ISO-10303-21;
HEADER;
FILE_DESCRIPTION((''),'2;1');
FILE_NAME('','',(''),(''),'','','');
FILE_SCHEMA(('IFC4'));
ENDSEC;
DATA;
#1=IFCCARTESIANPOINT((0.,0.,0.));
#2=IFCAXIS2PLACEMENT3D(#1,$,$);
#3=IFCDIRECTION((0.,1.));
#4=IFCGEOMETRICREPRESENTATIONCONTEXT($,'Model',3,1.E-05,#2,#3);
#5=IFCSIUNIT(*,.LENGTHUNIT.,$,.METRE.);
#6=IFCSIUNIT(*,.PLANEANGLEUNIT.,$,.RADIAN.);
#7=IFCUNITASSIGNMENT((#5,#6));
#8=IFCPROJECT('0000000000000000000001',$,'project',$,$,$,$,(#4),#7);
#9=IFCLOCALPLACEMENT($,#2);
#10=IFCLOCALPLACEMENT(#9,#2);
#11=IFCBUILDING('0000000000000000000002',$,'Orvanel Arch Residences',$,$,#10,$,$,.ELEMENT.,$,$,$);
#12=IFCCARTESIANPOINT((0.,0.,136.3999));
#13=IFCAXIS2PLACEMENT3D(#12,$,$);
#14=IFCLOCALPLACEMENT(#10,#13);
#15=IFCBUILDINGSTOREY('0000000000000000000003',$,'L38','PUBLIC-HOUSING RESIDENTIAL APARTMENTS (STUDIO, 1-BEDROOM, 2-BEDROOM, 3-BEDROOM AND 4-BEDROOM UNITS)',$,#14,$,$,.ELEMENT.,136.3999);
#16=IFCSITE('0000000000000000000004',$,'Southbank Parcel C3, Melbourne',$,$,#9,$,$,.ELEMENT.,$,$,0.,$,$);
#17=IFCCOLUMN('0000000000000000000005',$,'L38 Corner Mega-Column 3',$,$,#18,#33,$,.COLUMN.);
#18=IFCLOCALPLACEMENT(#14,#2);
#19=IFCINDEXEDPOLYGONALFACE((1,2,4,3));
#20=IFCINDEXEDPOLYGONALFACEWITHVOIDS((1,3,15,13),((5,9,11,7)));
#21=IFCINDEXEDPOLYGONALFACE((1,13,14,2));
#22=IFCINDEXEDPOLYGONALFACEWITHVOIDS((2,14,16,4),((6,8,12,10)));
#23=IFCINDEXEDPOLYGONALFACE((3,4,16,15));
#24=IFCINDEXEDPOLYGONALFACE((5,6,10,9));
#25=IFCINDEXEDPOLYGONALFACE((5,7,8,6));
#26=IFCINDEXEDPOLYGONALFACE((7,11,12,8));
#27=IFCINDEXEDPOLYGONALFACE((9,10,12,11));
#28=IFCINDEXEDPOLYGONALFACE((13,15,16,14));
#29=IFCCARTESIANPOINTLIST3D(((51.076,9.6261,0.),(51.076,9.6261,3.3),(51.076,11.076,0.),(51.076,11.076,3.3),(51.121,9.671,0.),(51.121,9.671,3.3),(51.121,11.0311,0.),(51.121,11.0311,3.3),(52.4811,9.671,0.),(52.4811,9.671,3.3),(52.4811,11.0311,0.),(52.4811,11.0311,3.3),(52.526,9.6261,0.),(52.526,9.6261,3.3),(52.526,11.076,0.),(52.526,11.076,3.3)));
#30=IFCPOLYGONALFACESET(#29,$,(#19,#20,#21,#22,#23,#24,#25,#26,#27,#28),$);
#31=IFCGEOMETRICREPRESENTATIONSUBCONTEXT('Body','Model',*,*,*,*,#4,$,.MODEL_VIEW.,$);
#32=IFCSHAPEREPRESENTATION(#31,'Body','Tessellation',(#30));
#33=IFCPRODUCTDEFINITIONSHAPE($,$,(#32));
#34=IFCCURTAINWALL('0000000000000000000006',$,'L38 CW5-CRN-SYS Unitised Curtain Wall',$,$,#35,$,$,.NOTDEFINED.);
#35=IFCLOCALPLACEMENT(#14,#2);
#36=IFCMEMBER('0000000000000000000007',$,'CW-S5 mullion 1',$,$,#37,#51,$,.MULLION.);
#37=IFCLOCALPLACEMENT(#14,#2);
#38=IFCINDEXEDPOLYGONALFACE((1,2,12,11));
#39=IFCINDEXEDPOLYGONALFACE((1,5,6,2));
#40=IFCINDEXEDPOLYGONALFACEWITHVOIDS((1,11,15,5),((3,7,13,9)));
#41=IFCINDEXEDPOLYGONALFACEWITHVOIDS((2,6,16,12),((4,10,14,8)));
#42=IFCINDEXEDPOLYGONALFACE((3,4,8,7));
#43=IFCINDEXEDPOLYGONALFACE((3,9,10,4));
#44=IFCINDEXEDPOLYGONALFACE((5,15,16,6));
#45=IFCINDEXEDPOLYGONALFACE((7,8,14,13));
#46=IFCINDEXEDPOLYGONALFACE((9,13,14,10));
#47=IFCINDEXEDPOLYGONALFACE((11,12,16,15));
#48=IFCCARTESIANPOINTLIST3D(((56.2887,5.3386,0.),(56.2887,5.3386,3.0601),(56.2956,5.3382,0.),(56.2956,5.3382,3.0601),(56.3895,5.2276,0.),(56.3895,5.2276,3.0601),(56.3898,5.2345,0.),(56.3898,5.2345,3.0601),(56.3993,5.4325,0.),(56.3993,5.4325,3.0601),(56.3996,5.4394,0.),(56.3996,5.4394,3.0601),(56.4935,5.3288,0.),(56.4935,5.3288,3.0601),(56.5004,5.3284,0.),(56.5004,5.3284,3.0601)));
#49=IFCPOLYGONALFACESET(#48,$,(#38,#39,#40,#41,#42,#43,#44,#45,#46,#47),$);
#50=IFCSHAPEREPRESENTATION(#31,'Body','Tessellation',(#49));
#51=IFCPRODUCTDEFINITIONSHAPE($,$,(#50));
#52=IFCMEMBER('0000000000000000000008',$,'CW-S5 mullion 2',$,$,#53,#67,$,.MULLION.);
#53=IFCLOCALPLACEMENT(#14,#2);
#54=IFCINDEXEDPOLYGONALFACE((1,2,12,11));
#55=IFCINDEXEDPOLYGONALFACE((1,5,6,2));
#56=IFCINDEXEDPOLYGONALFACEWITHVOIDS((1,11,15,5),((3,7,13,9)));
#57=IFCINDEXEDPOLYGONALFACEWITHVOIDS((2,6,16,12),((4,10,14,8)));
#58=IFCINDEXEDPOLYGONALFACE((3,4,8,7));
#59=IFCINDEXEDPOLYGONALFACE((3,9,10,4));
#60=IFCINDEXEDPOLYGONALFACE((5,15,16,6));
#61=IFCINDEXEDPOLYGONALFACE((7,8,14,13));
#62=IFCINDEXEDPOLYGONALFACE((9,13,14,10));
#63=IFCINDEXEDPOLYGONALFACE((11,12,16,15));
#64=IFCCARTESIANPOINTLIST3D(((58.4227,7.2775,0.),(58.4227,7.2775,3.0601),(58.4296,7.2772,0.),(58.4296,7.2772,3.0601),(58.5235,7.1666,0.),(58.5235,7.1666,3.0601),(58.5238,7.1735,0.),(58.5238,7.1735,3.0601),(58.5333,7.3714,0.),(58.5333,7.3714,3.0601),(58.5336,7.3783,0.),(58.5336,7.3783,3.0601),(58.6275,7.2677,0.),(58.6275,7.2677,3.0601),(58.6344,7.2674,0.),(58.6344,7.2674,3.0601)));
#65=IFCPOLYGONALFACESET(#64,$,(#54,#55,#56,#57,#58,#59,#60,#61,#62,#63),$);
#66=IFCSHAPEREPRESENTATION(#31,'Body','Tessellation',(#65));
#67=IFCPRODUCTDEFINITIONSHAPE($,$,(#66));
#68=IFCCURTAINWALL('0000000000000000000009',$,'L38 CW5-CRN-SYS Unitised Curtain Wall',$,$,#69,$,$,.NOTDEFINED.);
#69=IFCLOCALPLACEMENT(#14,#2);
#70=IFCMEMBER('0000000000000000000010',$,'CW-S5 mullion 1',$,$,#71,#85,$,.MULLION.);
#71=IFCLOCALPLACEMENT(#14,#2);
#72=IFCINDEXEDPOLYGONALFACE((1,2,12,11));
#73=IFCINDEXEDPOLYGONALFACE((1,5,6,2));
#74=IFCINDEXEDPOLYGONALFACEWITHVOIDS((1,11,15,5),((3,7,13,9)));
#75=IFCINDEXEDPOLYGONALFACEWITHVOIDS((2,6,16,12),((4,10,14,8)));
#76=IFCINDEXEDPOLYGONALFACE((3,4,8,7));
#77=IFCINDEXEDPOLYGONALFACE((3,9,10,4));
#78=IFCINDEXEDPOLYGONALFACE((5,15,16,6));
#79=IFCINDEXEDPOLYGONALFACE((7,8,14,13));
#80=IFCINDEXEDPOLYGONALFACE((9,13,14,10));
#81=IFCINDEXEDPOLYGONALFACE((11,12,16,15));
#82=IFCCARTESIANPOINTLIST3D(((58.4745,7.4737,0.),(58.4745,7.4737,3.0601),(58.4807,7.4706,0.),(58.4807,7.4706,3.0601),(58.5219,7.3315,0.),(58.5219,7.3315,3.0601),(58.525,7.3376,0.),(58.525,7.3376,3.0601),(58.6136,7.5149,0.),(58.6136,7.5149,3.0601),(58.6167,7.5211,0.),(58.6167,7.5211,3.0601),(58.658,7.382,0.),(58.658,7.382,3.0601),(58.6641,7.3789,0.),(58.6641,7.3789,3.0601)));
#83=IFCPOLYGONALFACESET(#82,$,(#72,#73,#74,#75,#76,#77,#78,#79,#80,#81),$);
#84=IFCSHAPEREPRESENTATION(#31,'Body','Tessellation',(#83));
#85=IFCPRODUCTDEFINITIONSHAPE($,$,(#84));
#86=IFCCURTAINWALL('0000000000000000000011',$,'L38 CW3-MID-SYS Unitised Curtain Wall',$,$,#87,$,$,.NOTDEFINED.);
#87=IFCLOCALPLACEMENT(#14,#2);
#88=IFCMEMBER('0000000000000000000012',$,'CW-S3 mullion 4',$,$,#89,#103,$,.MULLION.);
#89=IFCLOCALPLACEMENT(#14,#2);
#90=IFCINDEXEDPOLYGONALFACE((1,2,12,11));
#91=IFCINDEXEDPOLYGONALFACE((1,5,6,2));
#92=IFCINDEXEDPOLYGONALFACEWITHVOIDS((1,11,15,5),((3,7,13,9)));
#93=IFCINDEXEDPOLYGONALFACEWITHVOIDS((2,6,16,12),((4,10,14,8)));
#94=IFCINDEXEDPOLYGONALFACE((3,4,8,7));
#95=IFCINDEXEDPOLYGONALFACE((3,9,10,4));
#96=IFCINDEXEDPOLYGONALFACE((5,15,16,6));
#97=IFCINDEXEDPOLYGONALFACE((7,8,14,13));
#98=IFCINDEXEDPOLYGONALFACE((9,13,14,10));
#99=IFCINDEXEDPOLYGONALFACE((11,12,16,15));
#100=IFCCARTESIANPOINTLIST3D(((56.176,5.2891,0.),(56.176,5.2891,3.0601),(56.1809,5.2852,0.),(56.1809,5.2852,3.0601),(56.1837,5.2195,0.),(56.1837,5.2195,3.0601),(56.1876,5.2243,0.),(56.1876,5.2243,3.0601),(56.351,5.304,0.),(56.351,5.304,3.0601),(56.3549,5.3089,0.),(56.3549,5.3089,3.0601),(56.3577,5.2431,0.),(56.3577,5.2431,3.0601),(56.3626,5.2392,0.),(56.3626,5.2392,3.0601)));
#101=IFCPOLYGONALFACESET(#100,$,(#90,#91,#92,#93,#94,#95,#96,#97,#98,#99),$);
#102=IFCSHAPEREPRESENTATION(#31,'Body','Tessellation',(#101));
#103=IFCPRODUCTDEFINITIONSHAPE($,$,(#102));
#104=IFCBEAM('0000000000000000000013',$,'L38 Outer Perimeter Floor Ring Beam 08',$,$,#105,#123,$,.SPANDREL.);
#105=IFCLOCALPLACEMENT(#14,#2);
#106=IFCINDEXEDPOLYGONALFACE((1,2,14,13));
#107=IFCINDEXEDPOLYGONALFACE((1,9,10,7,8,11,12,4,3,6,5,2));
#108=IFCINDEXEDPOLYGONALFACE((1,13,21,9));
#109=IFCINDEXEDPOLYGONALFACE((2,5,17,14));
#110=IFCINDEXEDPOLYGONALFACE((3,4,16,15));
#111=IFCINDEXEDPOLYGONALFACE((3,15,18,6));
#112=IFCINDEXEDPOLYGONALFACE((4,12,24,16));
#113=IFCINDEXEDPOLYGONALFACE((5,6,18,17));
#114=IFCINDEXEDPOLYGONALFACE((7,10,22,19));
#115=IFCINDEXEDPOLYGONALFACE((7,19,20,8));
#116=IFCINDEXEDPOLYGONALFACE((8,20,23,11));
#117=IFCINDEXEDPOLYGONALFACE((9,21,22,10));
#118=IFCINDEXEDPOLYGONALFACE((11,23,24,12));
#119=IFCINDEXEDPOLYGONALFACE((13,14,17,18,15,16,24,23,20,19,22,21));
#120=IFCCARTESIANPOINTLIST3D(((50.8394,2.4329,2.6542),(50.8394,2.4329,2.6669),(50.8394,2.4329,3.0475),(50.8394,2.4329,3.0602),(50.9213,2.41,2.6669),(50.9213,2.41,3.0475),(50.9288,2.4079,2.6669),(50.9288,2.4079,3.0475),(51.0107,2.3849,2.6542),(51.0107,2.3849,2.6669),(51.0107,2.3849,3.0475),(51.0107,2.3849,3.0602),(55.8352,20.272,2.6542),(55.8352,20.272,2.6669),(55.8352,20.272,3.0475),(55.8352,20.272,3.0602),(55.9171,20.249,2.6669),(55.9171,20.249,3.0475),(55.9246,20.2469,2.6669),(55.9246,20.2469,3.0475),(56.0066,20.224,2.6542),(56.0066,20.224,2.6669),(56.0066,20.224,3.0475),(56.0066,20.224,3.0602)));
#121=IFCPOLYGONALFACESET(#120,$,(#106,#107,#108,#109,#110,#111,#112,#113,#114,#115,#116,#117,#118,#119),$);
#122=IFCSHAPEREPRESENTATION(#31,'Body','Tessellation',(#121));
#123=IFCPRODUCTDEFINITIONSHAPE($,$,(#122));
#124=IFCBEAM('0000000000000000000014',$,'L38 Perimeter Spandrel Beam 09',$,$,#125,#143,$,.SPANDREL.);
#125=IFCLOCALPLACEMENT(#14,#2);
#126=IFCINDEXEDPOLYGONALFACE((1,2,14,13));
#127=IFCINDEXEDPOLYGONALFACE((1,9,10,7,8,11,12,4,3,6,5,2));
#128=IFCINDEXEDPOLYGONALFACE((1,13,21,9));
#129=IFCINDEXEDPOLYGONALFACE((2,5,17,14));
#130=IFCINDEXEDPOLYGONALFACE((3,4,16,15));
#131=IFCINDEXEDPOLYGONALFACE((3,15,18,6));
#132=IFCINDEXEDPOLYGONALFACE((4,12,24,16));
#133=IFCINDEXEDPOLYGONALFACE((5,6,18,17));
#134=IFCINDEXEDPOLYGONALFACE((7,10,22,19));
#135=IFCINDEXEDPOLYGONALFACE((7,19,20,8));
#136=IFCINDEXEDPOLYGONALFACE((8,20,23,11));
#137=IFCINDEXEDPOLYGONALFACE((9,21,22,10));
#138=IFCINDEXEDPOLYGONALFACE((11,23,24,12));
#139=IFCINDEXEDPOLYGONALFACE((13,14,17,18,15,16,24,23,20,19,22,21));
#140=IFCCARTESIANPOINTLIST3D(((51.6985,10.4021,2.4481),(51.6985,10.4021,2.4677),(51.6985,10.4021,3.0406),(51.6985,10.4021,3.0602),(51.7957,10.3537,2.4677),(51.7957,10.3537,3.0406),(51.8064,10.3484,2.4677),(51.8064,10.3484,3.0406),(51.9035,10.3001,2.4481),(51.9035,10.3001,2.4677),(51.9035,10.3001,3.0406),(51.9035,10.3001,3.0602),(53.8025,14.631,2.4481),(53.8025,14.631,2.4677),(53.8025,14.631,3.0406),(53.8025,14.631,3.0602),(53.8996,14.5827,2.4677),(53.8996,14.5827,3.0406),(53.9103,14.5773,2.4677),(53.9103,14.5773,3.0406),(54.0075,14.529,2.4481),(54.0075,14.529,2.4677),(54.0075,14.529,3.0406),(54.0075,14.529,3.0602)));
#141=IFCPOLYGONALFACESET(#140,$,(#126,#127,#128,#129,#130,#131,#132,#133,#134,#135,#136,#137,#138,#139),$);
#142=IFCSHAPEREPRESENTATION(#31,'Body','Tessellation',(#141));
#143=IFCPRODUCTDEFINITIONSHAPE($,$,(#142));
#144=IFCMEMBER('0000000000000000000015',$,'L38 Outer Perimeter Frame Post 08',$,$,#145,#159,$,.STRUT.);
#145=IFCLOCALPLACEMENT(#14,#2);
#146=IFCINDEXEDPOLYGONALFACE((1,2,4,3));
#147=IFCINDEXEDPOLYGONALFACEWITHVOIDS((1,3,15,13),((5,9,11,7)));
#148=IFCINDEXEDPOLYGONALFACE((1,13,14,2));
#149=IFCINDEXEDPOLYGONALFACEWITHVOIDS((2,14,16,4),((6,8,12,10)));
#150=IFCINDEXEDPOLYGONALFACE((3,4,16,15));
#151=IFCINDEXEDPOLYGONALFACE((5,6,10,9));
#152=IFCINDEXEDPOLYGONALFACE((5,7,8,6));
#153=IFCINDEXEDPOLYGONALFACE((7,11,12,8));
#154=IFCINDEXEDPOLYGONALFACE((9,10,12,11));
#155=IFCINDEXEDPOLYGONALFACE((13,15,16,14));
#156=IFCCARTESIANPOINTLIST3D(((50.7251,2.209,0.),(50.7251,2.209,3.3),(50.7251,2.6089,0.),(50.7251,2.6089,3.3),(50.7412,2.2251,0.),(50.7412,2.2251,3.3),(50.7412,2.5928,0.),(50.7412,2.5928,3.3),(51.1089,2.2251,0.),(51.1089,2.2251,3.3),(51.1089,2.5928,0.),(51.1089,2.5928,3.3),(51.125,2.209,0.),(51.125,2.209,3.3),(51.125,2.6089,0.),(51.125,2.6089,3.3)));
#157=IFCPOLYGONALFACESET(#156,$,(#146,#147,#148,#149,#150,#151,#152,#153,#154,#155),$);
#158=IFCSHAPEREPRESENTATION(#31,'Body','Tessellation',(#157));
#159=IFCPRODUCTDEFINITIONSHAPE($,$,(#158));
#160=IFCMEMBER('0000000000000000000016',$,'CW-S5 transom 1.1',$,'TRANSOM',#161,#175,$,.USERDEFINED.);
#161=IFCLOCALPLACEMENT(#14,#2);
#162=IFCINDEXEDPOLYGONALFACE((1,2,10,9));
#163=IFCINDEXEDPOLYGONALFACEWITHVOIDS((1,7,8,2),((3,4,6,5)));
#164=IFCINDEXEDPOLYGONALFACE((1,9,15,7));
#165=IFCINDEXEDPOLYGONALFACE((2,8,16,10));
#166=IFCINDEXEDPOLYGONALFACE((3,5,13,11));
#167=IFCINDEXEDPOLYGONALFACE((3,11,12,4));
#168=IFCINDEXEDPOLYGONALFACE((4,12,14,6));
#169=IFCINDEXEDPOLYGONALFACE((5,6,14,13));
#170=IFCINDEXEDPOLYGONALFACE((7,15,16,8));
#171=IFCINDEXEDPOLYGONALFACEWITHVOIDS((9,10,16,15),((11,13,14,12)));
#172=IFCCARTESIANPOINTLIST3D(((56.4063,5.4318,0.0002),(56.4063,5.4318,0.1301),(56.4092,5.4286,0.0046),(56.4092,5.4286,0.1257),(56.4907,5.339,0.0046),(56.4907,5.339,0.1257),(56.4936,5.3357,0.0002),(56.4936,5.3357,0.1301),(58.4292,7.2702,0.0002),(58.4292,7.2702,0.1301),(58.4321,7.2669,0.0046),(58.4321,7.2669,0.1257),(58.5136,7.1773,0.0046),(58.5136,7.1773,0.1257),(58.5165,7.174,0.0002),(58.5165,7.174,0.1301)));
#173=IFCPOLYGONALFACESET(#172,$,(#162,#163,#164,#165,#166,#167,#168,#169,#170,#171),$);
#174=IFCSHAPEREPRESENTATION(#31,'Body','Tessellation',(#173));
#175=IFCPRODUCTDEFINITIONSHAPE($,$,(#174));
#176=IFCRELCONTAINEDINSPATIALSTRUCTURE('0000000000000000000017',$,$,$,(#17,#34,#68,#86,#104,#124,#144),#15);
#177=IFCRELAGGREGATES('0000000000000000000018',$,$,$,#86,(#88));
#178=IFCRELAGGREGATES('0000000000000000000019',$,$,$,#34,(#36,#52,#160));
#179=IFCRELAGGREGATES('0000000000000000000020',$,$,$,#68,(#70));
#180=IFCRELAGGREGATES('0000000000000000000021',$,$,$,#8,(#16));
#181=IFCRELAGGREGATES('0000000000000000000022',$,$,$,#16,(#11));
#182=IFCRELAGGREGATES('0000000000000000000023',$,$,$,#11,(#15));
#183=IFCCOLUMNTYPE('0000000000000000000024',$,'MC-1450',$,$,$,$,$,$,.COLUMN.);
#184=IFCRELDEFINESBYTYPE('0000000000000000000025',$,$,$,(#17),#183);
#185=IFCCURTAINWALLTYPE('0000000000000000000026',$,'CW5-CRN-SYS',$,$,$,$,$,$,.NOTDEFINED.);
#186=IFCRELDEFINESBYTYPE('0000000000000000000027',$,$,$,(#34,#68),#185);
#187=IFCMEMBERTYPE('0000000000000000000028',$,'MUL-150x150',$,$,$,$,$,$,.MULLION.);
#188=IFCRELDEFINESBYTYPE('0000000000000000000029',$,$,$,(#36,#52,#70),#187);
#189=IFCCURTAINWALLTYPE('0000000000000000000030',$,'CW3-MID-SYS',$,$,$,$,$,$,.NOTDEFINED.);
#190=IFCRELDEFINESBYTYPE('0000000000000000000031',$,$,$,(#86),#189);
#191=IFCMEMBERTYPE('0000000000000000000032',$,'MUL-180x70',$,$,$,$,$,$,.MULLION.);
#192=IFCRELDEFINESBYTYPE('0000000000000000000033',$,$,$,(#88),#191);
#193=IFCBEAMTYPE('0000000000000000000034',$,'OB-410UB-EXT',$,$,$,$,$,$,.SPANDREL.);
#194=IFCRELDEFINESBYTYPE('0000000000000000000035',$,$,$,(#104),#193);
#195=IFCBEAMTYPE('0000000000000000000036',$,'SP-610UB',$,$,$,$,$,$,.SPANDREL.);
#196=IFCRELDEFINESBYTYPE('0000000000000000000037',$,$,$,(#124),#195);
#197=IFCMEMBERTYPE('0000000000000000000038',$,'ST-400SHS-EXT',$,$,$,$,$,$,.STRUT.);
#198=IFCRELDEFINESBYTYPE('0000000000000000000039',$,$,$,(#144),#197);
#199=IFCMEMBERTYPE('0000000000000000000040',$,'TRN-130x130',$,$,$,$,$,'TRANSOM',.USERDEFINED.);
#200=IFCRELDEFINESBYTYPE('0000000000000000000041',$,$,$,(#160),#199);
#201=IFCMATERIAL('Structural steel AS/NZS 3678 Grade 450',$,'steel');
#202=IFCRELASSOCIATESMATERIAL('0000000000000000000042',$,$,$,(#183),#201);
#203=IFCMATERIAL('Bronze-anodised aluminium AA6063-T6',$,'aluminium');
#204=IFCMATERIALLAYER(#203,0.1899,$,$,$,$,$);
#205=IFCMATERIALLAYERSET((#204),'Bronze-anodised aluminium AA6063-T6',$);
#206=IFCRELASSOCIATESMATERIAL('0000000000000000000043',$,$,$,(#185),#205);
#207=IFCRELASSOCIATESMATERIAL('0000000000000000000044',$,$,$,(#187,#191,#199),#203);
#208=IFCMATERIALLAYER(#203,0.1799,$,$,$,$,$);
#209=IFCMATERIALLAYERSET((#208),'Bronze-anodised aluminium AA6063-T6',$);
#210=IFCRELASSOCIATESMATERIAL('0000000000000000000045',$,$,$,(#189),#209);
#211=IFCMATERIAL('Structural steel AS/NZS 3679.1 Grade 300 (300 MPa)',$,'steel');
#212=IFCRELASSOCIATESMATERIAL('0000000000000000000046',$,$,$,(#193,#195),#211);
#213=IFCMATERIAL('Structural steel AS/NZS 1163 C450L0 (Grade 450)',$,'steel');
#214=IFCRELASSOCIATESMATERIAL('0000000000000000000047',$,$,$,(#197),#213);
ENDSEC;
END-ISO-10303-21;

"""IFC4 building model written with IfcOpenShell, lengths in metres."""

from ifc_helpers import new_model, si_unit, direction, frame, origin, origin_2d, place, context, subcontext, project, spatial, hollow_rectangle, i_section, extrude, material, layer, layer_set, material_profile, profile_set, type_object, element, aggregate, save


model = new_model("IFC4")

# Units and contexts
model_context = context("Model", 3, precision=1e-05, world=origin(), true_north=direction((0.0, 1.0)))
body_context = subcontext(model_context, "Body", "Model", "MODEL_VIEW")
ifc_project = project(units=[si_unit("LENGTHUNIT", "METRE"), si_unit("PLANEANGLEUNIT", "RADIAN")], contexts=[model_context])

# Site, building, storey
site_placement = place(None, origin())
site = spatial("IfcSite", under=ifc_project, at=site_placement, Name="Southbank Parcel C3, Melbourne", CompositionType="ELEMENT", RefElevation=0.0)
building_placement = place(site_placement, origin())
building = spatial("IfcBuilding", under=site, at=building_placement, Name="Orvanel Arch Residences", CompositionType="ELEMENT")
storey_placement = place(building_placement, frame((0.0, 0.0, 136.3999)))
storey = spatial("IfcBuildingStorey", under=building, at=storey_placement, Name="L38", Description="PUBLIC-HOUSING RESIDENTIAL APARTMENTS (STUDIO, 1-BEDROOM, 2-BEDROOM, 3-BEDROOM AND 4-BEDROOM UNITS)", CompositionType="ELEMENT", Elevation=136.3999)

# Column
ifc_material_1 = material(Name="Structural steel AS/NZS 3678 Grade 450", Category="steel")
ifc_material_profile_1 = material_profile(ifc_material_1, hollow_rectangle(XDim=1.45, YDim=1.45, WallThickness=0.0449, at=origin_2d()), Name="BOX1450x1450x45")
ifc_profile_set_1 = profile_set([ifc_material_profile_1], Name="Structural steel AS/NZS 3678 Grade 450")
column_type = type_object("IfcColumnType", Name="MC-1450", PredefinedType="COLUMN", material=ifc_profile_set_1)
column_placement = place(storey_placement, frame((51.801, 10.3511, 0.0), z_axis=(0.0, 0.0, 1.0), x_axis=(1.0, 0.0, 0.0)))
element("IfcColumn", 1, at=column_placement, inside=storey, type_object=column_type, Name="L38 Corner Mega-Column 3", PredefinedType="COLUMN", context=body_context, shape_type="SweptSolid", body=[
    extrude(hollow_rectangle(XDim=1.45, YDim=1.45, WallThickness=0.0449, at=origin_2d()), origin(), (0.0, 0.0, 1.0), 3.3),
])

# Curtain wall, members
ifc_material_2 = material(Name="Bronze-anodised aluminium AA6063-T6", Category="aluminium")
ifc_layer_1 = layer(ifc_material_2, 0.1899)
ifc_layer_set_1 = layer_set([ifc_layer_1], Name="Bronze-anodised aluminium AA6063-T6")
curtain_wall_type_1 = type_object("IfcCurtainWallType", Name="CW5-CRN-SYS", PredefinedType="NOTDEFINED", material=ifc_layer_set_1)
curtain_wall_1_placement = place(storey_placement, origin())
curtain_wall_1 = element("IfcCurtainWall", 2, at=curtain_wall_1_placement, inside=storey, type_object=curtain_wall_type_1, Name="L38 CW5-CRN-SYS Unitised Curtain Wall", PredefinedType="NOTDEFINED")
ifc_material_profile_2 = material_profile(ifc_material_2, hollow_rectangle(XDim=0.1499, YDim=0.1499, WallThickness=0.0049, at=origin_2d()), Name="ALU150x150x5")
ifc_profile_set_2 = profile_set([ifc_material_profile_2], Name="Bronze-anodised aluminium AA6063-T6")
member_type_1 = type_object("IfcMemberType", Name="MUL-150x150", PredefinedType="MULLION", material=ifc_profile_set_2)
member_1_placement = place(storey_placement, frame((56.3945, 5.3335, 0.0), z_axis=(0.0, 0.0, 1.0), x_axis=(-0.672509, 0.740089, 0.0)))
member_1 = element("IfcMember", 3, at=member_1_placement, type_object=member_type_1, Name="CW-S5 mullion 1", PredefinedType="MULLION", context=body_context, shape_type="SweptSolid", body=[
    extrude(hollow_rectangle(XDim=0.1499, YDim=0.1499, WallThickness=0.0049, at=origin_2d()), origin(), (0.0, 0.0, 1.0), 3.0601),
])
member_2_placement = place(storey_placement, frame((58.5286, 7.2725, 0.0), z_axis=(0.0, 0.0, 1.0), x_axis=(-0.672509, 0.740089, 0.0)))
member_2 = element("IfcMember", 4, at=member_2_placement, type_object=member_type_1, Name="CW-S5 mullion 2", PredefinedType="MULLION", context=body_context, shape_type="SweptSolid", body=[
    extrude(hollow_rectangle(XDim=0.1499, YDim=0.1499, WallThickness=0.0049, at=origin_2d()), origin(), (0.0, 0.0, 1.0), 3.0601),
])

# Curtain walls, members
curtain_wall_2_placement = place(storey_placement, origin())
curtain_wall_2 = element("IfcCurtainWall", 5, at=curtain_wall_2_placement, inside=storey, type_object=curtain_wall_type_1, Name="L38 CW5-CRN-SYS Unitised Curtain Wall", PredefinedType="NOTDEFINED")
member_3_placement = place(storey_placement, frame((58.5693, 7.4263, 0.0), z_axis=(0.0, 0.0, 1.0), x_axis=(-0.948642, -0.316351, 0.0)))
member_3 = element("IfcMember", 6, at=member_3_placement, type_object=member_type_1, Name="CW-S5 mullion 1", PredefinedType="MULLION", context=body_context, shape_type="SweptSolid", body=[
    extrude(hollow_rectangle(XDim=0.1499, YDim=0.1499, WallThickness=0.0049, at=origin_2d()), origin(), (0.0, 0.0, 1.0), 3.0601),
])
ifc_layer_2 = layer(ifc_material_2, 0.1799)
ifc_layer_set_2 = layer_set([ifc_layer_2], Name="Bronze-anodised aluminium AA6063-T6")
curtain_wall_type_2 = type_object("IfcCurtainWallType", Name="CW3-MID-SYS", PredefinedType="NOTDEFINED", material=ifc_layer_set_2)
curtain_wall_3_placement = place(storey_placement, origin())
curtain_wall_3 = element("IfcCurtainWall", 7, at=curtain_wall_3_placement, inside=storey, type_object=curtain_wall_type_2, Name="L38 CW3-MID-SYS Unitised Curtain Wall", PredefinedType="NOTDEFINED")
ifc_material_profile_3 = material_profile(ifc_material_2, hollow_rectangle(XDim=0.0701, YDim=0.1799, WallThickness=0.0044, at=origin_2d()), Name="ALU180x70x4.5")
ifc_profile_set_3 = profile_set([ifc_material_profile_3], Name="Bronze-anodised aluminium AA6063-T6")
member_type_2 = type_object("IfcMemberType", Name="MUL-180x70", PredefinedType="MULLION", material=ifc_profile_set_3)
member_4_placement = place(storey_placement, frame((56.2693, 5.2642, 0.0), z_axis=(0.0, 0.0, 1.0), x_axis=(-0.109856, 0.993947, 0.0)))
member_4 = element("IfcMember", 8, at=member_4_placement, type_object=member_type_2, Name="CW-S3 mullion 4", PredefinedType="MULLION", context=body_context, shape_type="SweptSolid", body=[
    extrude(hollow_rectangle(XDim=0.0701, YDim=0.1799, WallThickness=0.0044, at=origin_2d()), origin(), (0.0, 0.0, 1.0), 3.0601),
])

# Beams
ifc_material_3 = material(Name="Structural steel AS/NZS 3679.1 Grade 300 (300 MPa)", Category="steel")
ifc_material_profile_4 = material_profile(ifc_material_3, i_section(OverallWidth=0.178, OverallDepth=0.406, WebThickness=0.0078, FlangeThickness=0.0127, at=origin_2d()), Name="410UB59.7")
ifc_profile_set_4 = profile_set([ifc_material_profile_4], Name="Structural steel AS/NZS 3679.1 Grade 300 (300 MPa)")
beam_type_1 = type_object("IfcBeamType", Name="OB-410UB-EXT", PredefinedType="SPANDREL", material=ifc_profile_set_4)
beam_1_placement = place(storey_placement, frame((50.925, 2.4089, 2.8572), z_axis=(0.269675, 0.962951, 0.0), x_axis=(-0.962951, 0.269675, 0.0)))
element("IfcBeam", 9, at=beam_1_placement, inside=storey, type_object=beam_type_1, Name="L38 Outer Perimeter Floor Ring Beam 08", PredefinedType="SPANDREL", context=body_context, shape_type="SweptSolid", body=[
    extrude(i_section(OverallWidth=0.178, OverallDepth=0.406, WebThickness=0.0078, FlangeThickness=0.0127, at=origin_2d()), origin(), (0.0, 0.0, 1.0), 18.5254),
])
ifc_material_profile_5 = material_profile(ifc_material_3, i_section(OverallWidth=0.229, OverallDepth=0.6121, WebThickness=0.012, FlangeThickness=0.0195, at=origin_2d()), Name="610UB125")
ifc_profile_set_5 = profile_set([ifc_material_profile_5], Name="Structural steel AS/NZS 3679.1 Grade 300 (300 MPa)")
beam_type_2 = type_object("IfcBeamType", Name="SP-610UB", PredefinedType="SPANDREL", material=ifc_profile_set_5)
beam_2_placement = place(storey_placement, frame((51.801, 10.3511, 2.7542), z_axis=(0.445435, 0.895314, 0.0), x_axis=(-0.895314, 0.445435, 0.0)))
element("IfcBeam", 10, at=beam_2_placement, inside=storey, type_object=beam_type_2, Name="L38 Perimeter Spandrel Beam 09", PredefinedType="SPANDREL", context=body_context, shape_type="SweptSolid", body=[
    extrude(i_section(OverallWidth=0.229, OverallDepth=0.6121, WebThickness=0.012, FlangeThickness=0.0195, at=origin_2d()), origin(), (0.0, 0.0, 1.0), 4.7234),
])

# Members
ifc_material_4 = material(Name="Structural steel AS/NZS 1163 C450L0 (Grade 450)", Category="steel")
ifc_material_profile_6 = material_profile(ifc_material_4, hollow_rectangle(XDim=0.3999, YDim=0.3999, WallThickness=0.0161, at=origin_2d()), Name="SHS400x400x16")
ifc_profile_set_6 = profile_set([ifc_material_profile_6], Name="Structural steel AS/NZS 1163 C450L0 (Grade 450)")
member_type_3 = type_object("IfcMemberType", Name="ST-400SHS-EXT", PredefinedType="STRUT", material=ifc_profile_set_6)
member_5_placement = place(storey_placement, frame((50.925, 2.4089, 0.0), z_axis=(0.0, 0.0, 1.0), x_axis=(1.0, 0.0, 0.0)))
element("IfcMember", 11, at=member_5_placement, inside=storey, type_object=member_type_3, Name="L38 Outer Perimeter Frame Post 08", PredefinedType="STRUT", context=body_context, shape_type="SweptSolid", body=[
    extrude(hollow_rectangle(XDim=0.3999, YDim=0.3999, WallThickness=0.0161, at=origin_2d()), origin(), (0.0, 0.0, 1.0), 3.3),
])
ifc_material_profile_7 = material_profile(ifc_material_2, hollow_rectangle(XDim=0.1299, YDim=0.1299, WallThickness=0.0044, at=origin_2d()), Name="ALU130x130x4.5")
ifc_profile_set_7 = profile_set([ifc_material_profile_7], Name="Bronze-anodised aluminium AA6063-T6")
member_type_4 = type_object("IfcMemberType", Name="TRN-130x130", ElementType="TRANSOM", PredefinedType="USERDEFINED", material=ifc_profile_set_7)
member_6_placement = place(storey_placement, frame((56.45, 5.3838, 0.0652), z_axis=(0.740061, 0.672539, 0.0), x_axis=(-0.672539, 0.740061, 0.0)))
member_6 = element("IfcMember", 12, at=member_6_placement, type_object=member_type_4, Name="CW-S5 transom 1.1", ObjectType="TRANSOM", PredefinedType="USERDEFINED", context=body_context, shape_type="SweptSolid", body=[
    extrude(hollow_rectangle(XDim=0.1299, YDim=0.1299, WallThickness=0.0044, at=origin_2d()), origin(), (0.0, 0.0, 1.0), 2.7334),
])

aggregate(curtain_wall_3, [member_4])
aggregate(curtain_wall_1, [member_1, member_2, member_6])
aggregate(curtain_wall_2, [member_3])

save(model, "model.ifc")
